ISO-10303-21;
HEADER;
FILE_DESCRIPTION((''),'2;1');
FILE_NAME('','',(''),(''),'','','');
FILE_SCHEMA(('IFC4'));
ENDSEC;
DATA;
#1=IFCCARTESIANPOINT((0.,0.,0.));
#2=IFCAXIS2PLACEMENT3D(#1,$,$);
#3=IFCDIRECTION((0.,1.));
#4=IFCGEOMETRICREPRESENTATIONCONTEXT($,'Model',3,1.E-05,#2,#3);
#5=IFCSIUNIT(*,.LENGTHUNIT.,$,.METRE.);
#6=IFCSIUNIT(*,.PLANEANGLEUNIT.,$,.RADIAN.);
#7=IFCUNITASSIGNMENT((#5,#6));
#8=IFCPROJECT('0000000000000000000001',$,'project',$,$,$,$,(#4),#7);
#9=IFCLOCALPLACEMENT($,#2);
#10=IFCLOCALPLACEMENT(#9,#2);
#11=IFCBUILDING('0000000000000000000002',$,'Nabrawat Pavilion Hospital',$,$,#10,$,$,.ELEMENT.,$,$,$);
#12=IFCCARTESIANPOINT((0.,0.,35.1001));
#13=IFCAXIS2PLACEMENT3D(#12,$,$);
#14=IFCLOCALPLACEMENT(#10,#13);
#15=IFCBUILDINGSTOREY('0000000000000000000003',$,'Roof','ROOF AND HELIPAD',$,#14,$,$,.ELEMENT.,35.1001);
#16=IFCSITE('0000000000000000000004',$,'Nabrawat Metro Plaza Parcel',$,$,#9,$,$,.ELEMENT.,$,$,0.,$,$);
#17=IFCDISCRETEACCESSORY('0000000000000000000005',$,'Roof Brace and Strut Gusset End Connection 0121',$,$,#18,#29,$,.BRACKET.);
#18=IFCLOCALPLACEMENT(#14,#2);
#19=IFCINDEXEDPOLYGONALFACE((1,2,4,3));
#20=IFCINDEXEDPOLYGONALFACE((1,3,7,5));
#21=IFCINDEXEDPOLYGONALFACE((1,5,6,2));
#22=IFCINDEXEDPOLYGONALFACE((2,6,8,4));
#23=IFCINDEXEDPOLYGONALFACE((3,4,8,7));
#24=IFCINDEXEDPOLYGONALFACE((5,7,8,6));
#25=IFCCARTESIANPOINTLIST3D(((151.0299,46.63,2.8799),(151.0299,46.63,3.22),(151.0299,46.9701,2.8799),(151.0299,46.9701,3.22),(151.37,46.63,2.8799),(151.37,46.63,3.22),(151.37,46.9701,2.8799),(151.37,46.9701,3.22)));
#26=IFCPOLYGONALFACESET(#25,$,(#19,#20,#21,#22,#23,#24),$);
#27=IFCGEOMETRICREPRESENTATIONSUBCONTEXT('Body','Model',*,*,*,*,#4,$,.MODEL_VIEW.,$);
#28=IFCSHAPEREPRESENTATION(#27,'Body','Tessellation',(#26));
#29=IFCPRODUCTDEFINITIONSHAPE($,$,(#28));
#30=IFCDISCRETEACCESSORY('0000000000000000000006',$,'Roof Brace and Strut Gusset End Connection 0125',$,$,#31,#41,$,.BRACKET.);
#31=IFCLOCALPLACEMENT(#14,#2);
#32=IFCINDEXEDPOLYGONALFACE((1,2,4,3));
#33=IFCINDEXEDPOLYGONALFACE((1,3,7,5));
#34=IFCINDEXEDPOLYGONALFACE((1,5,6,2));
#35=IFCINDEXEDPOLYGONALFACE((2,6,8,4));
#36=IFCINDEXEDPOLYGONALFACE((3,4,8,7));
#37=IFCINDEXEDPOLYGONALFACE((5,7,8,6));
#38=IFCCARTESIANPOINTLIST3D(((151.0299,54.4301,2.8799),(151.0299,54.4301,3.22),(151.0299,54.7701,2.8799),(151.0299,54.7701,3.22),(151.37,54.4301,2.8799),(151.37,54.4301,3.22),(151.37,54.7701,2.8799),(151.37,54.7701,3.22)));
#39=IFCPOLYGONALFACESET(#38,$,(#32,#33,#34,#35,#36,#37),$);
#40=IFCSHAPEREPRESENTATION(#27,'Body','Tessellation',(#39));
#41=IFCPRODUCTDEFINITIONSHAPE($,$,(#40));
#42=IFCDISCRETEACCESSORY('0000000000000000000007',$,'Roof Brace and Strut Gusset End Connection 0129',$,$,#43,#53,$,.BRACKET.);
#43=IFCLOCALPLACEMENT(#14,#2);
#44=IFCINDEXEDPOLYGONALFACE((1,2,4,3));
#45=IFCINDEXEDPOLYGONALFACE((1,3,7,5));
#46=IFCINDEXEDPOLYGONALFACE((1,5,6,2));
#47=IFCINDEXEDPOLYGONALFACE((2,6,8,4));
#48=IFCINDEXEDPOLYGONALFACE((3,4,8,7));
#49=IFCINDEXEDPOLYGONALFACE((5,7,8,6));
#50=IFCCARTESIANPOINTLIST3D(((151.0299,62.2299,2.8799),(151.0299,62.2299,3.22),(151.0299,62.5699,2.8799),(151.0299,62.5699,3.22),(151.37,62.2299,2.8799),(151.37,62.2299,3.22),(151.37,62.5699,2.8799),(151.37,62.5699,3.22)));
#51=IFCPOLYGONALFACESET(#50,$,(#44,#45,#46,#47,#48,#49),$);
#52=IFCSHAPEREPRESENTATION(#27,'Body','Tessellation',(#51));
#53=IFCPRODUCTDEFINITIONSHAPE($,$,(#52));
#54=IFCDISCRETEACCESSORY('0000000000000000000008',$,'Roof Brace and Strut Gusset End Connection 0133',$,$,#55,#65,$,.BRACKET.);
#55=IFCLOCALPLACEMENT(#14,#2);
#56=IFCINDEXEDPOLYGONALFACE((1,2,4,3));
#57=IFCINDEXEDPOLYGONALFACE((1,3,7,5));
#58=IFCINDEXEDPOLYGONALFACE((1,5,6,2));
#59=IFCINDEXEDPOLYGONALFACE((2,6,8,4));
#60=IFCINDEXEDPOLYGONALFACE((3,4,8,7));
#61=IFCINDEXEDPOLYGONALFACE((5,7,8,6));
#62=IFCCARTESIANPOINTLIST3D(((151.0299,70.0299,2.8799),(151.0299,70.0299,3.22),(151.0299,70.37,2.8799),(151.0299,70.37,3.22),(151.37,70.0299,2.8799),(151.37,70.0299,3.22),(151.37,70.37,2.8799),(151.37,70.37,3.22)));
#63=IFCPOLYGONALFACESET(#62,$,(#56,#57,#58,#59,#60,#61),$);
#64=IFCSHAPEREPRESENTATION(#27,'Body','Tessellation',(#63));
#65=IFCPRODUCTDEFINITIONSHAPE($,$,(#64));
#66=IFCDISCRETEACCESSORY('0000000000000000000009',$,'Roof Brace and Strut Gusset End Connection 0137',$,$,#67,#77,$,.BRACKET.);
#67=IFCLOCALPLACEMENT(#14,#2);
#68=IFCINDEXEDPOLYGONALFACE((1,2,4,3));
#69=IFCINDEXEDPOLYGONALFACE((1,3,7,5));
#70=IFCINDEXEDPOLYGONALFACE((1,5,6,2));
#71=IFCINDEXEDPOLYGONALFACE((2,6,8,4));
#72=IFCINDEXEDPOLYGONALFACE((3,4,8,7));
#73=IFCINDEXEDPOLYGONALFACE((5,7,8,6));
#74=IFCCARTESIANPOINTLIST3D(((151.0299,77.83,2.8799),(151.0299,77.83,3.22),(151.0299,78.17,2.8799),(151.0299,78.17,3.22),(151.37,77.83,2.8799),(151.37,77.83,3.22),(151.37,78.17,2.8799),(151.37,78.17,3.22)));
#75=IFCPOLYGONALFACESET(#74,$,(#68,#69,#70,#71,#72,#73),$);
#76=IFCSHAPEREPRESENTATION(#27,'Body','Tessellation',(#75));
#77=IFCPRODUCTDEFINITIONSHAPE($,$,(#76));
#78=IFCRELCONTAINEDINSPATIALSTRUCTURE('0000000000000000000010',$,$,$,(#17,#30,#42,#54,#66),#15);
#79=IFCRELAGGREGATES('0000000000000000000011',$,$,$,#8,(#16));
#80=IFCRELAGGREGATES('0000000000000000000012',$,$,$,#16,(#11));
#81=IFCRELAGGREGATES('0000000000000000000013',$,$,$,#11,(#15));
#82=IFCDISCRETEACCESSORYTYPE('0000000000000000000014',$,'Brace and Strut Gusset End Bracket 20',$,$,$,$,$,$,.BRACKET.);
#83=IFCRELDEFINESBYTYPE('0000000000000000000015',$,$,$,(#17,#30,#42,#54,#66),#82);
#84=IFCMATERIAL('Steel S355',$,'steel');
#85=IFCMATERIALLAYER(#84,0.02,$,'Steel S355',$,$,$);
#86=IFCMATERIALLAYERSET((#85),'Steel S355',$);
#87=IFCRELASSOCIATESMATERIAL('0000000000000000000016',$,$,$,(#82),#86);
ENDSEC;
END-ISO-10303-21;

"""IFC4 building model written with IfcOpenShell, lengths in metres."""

from ifc_helpers import new_model, si_unit, direction, frame, origin, origin_2d, place, context, subcontext, project, spatial, rectangle, extrude, material, layer, layer_set, type_object, element, save


model = new_model("IFC4")

# Units and contexts
model_context = context("Model", 3, precision=1e-05, world=origin(), true_north=direction((0.0, 1.0)))
body_context = subcontext(model_context, "Body", "Model", "MODEL_VIEW")
ifc_project = project(units=[si_unit("LENGTHUNIT", "METRE"), si_unit("PLANEANGLEUNIT", "RADIAN")], contexts=[model_context])

# Site, building, storey
site_placement = place(None, origin())
site = spatial("IfcSite", under=ifc_project, at=site_placement, Name="Nabrawat Metro Plaza Parcel", CompositionType="ELEMENT", RefElevation=0.0)
building_placement = place(site_placement, origin())
building = spatial("IfcBuilding", under=site, at=building_placement, Name="Nabrawat Pavilion Hospital", CompositionType="ELEMENT")
storey_placement = place(building_placement, frame((0.0, 0.0, 35.1001)))
storey = spatial("IfcBuildingStorey", under=building, at=storey_placement, Name="Roof", Description="ROOF AND HELIPAD", CompositionType="ELEMENT", Elevation=35.1001)

# Shared definitions
ifc_material = material(Name="Steel S355", Category="steel")

# Discrete accessories
ifc_layer = layer(ifc_material, 0.02, Name="Steel S355")
ifc_layer_set = layer_set([ifc_layer], Name="Steel S355")
discrete_accessory_type = type_object("IfcDiscreteAccessoryType", Name="Brace and Strut Gusset End Bracket 20", PredefinedType="BRACKET", material=ifc_layer_set)
for number, where, z_axis, x_axis, name in (
    (1, (151.2, 46.8, 2.8799), (0.0, 0.0, 1.0), (1.0, 0.0, 0.0), "Roof Brace and Strut Gusset End Connection 0121"),
    (2, (151.2, 54.6001, 2.8799), (0.0, 0.0, 1.0), (1.0, 0.0, 0.0), "Roof Brace and Strut Gusset End Connection 0125"),
    (3, (151.2, 62.3999, 2.8799), (0.0, 0.0, 1.0), (1.0, 0.0, 0.0), "Roof Brace and Strut Gusset End Connection 0129"),
    (4, (151.2, 70.2, 2.8799), (0.0, 0.0, 1.0), (1.0, 0.0, 0.0), "Roof Brace and Strut Gusset End Connection 0133"),
    (5, (151.2, 78.0, 2.8799), (0.0, 0.0, 1.0), (1.0, 0.0, 0.0), "Roof Brace and Strut Gusset End Connection 0137"),
):
    element("IfcDiscreteAccessory", number, at=place(storey_placement, frame(where, z_axis=z_axis, x_axis=x_axis)), inside=storey, type_object=discrete_accessory_type, Name=name, PredefinedType="BRACKET", context=body_context, shape_type="SweptSolid", body=[
        extrude(rectangle(XDim=0.3401, YDim=0.3401, at=origin_2d()), origin(), (0.0, 0.0, 1.0), 0.3401),
    ])

save(model, "model.ifc")
